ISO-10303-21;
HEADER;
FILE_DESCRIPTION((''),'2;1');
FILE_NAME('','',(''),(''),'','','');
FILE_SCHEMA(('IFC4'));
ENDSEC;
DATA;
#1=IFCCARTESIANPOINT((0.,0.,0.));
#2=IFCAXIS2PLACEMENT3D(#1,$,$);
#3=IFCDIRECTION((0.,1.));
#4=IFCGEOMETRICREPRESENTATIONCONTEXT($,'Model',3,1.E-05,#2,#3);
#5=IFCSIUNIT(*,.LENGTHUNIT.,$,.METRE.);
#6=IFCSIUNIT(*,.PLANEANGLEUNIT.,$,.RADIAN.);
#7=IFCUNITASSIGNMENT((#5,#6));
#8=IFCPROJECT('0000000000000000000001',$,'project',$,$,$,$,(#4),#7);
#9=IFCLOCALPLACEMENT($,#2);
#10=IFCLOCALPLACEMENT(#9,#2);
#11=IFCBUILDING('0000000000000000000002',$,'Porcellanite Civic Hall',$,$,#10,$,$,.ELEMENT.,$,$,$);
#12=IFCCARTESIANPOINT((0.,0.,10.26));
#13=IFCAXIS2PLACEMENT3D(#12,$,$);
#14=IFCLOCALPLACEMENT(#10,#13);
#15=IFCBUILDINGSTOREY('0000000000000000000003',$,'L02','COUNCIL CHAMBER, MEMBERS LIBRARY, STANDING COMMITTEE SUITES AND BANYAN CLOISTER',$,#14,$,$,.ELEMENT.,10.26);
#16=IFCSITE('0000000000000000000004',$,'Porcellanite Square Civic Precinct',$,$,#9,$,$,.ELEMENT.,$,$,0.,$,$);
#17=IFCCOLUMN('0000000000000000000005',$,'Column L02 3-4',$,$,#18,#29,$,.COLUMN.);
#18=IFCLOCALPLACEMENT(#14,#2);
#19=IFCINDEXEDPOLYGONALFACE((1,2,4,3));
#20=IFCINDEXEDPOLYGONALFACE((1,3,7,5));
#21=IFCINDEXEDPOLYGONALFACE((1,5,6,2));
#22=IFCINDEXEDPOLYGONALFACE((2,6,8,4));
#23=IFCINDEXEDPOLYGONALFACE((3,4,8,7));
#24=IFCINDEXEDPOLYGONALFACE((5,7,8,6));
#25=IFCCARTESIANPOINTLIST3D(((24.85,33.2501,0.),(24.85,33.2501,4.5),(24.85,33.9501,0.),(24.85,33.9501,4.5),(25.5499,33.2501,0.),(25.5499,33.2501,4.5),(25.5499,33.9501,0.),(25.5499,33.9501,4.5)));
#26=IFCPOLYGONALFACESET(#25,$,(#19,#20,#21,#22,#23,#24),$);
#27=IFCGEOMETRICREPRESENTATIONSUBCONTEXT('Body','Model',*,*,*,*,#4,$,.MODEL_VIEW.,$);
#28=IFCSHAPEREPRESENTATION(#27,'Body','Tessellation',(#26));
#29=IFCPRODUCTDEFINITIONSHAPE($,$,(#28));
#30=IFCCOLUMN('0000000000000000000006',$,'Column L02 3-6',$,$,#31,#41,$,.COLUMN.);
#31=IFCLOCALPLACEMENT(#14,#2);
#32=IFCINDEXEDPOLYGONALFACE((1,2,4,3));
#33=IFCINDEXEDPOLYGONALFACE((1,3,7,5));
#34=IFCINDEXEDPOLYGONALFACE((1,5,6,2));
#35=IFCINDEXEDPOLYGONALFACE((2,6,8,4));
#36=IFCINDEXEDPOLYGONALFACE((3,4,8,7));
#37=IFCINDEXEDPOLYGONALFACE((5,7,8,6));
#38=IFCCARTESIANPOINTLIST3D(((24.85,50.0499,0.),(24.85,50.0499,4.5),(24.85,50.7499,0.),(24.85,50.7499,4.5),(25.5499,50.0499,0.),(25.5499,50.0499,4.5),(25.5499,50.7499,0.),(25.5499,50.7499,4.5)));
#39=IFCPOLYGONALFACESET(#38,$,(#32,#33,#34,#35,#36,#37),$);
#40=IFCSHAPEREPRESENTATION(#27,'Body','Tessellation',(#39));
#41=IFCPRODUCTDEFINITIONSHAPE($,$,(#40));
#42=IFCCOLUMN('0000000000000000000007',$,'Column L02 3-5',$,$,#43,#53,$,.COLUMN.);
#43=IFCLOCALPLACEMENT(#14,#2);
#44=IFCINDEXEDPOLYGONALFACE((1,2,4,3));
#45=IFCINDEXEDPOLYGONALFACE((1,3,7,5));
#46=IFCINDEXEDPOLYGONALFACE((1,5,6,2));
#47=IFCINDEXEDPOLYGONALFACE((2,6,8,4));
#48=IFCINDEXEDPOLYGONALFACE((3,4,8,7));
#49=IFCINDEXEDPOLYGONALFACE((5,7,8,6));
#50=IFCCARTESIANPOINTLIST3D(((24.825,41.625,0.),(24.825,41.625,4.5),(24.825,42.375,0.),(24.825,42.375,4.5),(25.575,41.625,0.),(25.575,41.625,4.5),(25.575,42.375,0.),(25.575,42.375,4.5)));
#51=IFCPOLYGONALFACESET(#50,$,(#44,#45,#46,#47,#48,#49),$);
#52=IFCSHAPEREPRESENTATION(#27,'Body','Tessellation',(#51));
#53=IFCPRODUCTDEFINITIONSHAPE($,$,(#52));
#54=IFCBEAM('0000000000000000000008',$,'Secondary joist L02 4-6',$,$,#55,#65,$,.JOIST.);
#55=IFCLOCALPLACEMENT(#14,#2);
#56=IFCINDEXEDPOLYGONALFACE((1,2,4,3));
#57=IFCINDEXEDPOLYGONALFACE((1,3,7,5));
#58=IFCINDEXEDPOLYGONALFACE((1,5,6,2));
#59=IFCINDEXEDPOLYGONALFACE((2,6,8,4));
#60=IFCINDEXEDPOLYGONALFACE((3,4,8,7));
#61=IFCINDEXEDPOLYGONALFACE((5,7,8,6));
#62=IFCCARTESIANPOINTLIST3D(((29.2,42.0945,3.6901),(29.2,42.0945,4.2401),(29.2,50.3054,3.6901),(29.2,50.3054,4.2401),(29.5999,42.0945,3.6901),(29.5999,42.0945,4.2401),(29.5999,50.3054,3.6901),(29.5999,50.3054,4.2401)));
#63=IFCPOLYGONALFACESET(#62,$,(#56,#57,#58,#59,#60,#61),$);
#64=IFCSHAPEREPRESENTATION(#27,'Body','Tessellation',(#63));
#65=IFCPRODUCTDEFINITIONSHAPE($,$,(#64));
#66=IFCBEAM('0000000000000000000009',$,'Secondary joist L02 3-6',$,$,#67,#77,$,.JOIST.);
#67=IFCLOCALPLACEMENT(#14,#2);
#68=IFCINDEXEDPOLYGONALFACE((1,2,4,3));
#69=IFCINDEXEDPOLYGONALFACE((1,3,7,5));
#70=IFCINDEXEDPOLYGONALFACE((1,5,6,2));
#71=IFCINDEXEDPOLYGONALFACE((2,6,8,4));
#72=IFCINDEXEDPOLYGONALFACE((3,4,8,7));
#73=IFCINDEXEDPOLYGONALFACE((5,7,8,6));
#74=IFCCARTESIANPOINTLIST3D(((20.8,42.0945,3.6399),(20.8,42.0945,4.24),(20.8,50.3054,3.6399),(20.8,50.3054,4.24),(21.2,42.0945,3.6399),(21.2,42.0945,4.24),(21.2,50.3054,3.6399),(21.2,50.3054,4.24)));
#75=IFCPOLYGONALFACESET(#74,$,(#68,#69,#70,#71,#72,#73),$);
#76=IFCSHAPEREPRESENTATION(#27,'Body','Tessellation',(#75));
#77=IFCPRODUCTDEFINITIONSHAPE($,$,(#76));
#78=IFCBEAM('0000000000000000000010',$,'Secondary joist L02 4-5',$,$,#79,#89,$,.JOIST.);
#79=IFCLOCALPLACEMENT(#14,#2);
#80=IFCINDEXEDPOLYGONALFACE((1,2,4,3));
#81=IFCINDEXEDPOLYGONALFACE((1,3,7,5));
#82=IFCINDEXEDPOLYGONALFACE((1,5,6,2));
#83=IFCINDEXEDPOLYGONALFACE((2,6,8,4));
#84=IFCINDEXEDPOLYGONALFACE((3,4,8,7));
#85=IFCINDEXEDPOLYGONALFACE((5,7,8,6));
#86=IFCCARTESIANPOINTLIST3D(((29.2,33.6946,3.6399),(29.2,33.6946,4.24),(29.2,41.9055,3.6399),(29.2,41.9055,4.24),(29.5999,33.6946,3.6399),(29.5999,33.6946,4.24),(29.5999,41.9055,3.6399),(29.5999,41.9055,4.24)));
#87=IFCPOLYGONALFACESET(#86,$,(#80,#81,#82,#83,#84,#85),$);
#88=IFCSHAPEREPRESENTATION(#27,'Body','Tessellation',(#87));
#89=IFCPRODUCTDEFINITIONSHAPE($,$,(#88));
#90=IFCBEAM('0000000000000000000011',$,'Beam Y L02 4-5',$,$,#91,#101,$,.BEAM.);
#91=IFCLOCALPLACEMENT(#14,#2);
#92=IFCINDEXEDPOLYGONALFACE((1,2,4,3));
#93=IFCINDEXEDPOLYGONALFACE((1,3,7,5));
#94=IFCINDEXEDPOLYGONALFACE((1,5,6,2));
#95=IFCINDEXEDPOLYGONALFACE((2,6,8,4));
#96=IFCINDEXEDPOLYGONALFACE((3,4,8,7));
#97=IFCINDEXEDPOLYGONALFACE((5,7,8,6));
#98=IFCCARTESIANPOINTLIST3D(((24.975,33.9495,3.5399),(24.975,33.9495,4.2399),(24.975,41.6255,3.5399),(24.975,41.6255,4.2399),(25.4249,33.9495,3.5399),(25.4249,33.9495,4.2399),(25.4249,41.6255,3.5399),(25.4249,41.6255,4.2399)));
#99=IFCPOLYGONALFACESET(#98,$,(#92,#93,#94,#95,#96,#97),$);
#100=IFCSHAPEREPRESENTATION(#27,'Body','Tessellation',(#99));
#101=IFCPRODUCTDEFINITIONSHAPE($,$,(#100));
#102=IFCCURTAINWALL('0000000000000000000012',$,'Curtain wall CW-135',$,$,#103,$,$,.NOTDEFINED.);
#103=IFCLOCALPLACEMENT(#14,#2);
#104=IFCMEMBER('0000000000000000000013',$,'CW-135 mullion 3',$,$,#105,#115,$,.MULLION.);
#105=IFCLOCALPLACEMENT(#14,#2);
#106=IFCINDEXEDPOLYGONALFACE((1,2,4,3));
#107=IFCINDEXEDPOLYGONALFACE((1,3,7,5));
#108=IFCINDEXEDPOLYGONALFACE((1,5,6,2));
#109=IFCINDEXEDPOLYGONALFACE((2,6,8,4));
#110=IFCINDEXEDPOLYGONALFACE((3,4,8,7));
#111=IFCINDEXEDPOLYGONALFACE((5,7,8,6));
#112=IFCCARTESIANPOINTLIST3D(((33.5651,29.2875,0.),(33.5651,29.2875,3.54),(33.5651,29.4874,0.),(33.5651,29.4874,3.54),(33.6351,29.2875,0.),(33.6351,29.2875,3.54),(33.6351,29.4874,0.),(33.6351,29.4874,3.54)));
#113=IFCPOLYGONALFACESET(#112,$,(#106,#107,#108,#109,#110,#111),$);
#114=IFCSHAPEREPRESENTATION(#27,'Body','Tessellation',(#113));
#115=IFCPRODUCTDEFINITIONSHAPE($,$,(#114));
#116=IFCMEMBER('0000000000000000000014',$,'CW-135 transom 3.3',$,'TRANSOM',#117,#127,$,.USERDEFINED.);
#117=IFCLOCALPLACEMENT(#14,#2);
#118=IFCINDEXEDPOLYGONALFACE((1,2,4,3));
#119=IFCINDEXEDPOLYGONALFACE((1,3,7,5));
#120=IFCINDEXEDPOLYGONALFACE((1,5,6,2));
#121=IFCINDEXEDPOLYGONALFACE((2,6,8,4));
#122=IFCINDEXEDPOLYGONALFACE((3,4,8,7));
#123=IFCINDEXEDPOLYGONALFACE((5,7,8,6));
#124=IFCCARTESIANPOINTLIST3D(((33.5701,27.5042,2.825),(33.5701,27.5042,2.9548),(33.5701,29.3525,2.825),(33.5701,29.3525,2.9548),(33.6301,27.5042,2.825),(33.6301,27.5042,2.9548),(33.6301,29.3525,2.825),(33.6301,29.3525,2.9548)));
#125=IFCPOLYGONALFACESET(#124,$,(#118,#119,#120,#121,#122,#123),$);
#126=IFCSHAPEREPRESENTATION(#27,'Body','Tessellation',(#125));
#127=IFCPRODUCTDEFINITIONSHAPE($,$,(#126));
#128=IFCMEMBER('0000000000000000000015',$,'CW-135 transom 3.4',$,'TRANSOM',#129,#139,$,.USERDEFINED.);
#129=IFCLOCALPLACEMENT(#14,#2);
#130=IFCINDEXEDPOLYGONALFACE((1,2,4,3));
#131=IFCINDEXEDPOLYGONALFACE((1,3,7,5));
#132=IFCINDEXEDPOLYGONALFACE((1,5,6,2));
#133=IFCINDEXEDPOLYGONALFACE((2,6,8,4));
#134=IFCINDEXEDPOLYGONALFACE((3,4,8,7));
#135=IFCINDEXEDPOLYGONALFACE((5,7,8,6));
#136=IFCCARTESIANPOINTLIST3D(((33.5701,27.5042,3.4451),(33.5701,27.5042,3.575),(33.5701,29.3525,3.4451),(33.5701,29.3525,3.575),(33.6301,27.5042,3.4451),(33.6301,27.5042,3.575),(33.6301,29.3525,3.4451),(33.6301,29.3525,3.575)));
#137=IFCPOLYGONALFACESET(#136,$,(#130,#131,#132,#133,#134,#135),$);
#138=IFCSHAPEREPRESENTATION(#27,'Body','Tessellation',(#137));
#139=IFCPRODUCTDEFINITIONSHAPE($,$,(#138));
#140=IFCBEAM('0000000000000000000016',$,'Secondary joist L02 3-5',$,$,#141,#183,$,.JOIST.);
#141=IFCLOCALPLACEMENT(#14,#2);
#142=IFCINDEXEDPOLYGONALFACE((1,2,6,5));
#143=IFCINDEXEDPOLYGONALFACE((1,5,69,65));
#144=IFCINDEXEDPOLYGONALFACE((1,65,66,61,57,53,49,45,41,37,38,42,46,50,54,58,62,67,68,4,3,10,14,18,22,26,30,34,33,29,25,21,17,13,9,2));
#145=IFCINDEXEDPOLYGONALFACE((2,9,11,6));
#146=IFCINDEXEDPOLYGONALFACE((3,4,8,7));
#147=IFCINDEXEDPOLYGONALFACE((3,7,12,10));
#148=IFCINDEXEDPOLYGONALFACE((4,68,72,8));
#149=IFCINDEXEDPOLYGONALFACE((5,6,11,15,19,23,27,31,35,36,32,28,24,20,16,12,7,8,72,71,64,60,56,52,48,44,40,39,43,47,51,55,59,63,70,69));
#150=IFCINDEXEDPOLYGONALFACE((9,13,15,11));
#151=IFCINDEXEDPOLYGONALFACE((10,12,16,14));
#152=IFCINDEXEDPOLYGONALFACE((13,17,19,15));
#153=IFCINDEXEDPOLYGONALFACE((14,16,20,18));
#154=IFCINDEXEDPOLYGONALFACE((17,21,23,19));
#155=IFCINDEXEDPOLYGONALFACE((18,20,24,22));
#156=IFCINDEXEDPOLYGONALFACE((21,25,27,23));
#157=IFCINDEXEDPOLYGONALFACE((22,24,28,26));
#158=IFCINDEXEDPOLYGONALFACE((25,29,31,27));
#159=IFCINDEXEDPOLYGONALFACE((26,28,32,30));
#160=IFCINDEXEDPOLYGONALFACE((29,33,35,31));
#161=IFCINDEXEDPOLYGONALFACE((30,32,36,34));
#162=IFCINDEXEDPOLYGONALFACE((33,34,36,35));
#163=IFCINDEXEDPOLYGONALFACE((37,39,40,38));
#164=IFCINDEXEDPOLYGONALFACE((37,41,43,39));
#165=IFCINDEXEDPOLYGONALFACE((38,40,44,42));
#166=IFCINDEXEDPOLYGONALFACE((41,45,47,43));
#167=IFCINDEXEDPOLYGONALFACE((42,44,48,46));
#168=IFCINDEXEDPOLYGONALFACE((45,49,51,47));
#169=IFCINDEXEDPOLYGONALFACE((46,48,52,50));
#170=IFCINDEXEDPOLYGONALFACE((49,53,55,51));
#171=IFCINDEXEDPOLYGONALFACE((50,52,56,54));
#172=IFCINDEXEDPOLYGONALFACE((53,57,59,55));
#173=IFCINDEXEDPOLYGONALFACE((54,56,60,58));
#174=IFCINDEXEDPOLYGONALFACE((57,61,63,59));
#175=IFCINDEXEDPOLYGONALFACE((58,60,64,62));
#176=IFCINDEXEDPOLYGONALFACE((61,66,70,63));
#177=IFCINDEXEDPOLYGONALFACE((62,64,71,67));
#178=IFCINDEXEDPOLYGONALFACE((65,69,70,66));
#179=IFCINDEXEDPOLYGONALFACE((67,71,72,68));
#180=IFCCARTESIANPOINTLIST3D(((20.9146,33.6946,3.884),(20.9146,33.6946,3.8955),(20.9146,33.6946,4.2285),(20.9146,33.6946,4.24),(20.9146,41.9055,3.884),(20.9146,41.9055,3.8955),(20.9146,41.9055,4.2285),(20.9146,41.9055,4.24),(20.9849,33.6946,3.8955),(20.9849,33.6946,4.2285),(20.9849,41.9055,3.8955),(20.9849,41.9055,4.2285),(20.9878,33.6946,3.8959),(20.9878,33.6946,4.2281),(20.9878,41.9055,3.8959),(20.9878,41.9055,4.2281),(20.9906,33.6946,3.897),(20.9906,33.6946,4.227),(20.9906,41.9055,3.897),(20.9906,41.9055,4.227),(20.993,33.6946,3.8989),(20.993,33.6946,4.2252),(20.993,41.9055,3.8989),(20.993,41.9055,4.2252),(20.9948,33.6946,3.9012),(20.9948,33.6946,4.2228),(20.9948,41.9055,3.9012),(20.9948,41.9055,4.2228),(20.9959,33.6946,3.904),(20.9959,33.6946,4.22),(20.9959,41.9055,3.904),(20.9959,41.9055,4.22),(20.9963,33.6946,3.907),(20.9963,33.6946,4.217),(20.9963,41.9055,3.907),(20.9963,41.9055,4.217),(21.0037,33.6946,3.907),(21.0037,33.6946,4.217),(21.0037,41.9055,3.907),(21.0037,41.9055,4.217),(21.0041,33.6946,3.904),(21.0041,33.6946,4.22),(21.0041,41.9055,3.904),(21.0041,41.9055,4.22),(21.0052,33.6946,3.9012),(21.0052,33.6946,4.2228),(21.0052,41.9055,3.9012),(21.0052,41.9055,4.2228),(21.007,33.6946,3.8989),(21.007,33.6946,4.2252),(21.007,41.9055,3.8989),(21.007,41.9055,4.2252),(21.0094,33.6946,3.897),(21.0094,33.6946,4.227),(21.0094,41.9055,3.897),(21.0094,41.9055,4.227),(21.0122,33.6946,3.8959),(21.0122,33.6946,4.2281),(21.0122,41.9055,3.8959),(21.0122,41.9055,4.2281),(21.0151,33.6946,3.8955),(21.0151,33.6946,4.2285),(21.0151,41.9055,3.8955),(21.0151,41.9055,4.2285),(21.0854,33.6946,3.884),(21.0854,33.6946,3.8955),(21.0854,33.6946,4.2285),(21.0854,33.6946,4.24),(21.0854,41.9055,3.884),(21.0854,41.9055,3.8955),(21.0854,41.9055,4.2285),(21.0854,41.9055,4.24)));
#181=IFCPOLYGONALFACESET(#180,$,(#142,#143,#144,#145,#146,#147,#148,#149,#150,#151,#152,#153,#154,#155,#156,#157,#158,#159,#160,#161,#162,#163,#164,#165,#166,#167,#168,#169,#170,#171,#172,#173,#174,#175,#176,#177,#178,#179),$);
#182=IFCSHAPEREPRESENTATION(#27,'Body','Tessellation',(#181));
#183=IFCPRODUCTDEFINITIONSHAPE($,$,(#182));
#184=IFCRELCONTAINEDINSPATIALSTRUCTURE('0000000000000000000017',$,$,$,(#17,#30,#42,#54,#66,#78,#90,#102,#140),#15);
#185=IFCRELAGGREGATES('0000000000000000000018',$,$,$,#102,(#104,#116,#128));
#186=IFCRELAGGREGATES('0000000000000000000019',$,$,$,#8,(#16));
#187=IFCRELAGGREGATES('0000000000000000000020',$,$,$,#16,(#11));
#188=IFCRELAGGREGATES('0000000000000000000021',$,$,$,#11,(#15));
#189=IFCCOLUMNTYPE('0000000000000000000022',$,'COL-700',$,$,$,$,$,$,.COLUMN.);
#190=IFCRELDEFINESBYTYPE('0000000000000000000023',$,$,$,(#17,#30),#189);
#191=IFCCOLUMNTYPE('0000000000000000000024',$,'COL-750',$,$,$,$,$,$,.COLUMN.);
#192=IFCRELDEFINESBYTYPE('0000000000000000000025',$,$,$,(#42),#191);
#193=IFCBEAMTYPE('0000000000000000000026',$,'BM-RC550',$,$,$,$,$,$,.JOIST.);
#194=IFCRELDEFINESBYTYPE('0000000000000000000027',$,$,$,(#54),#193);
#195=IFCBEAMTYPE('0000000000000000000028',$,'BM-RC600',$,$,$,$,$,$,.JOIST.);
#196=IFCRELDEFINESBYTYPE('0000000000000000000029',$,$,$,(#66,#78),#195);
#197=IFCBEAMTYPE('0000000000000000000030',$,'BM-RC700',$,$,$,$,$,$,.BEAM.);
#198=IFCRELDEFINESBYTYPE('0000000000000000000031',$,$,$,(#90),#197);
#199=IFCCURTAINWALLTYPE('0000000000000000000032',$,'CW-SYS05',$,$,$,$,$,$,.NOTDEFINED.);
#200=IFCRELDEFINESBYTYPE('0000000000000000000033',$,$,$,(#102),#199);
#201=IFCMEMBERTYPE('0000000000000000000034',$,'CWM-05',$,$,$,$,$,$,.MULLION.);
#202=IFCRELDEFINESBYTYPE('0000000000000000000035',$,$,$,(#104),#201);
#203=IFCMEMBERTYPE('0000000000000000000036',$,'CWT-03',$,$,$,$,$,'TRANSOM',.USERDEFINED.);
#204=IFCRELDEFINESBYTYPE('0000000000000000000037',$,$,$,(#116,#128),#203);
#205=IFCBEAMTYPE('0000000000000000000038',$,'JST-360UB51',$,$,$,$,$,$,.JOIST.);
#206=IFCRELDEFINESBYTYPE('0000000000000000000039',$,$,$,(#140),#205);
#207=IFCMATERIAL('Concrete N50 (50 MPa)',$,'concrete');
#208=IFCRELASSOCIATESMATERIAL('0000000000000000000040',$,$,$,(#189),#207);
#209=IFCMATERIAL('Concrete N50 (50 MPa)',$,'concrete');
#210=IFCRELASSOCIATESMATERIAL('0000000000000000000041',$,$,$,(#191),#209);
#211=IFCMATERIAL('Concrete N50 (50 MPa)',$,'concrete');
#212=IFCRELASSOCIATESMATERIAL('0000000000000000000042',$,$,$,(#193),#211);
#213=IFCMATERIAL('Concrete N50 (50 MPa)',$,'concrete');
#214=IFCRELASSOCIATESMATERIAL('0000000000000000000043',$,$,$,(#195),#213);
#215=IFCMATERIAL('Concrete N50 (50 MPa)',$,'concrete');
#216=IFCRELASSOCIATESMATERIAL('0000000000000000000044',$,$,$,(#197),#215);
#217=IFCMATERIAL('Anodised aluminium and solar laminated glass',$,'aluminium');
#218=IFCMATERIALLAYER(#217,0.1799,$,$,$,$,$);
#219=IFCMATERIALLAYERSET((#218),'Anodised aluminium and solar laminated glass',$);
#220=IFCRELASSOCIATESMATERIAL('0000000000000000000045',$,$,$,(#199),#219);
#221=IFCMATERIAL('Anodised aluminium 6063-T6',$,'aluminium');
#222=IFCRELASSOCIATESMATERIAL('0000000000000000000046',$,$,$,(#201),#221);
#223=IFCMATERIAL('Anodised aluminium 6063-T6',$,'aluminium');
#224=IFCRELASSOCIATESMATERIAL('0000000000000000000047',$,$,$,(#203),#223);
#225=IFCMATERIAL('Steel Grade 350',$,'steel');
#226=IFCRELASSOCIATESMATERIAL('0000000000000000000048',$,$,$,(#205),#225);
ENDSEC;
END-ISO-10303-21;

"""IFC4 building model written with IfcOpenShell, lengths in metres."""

from ifc_helpers import new_model, si_unit, direction, frame, origin, origin_2d, place, context, subcontext, project, spatial, rectangle, i_section, extrude, material, layer, layer_set, material_profile, profile_set, type_object, element, aggregate, save


model = new_model("IFC4")

# Units and contexts
model_context = context("Model", 3, precision=1e-05, world=origin(), true_north=direction((0.0, 1.0)))
body_context = subcontext(model_context, "Body", "Model", "MODEL_VIEW")
ifc_project = project(units=[si_unit("LENGTHUNIT", "METRE"), si_unit("PLANEANGLEUNIT", "RADIAN")], contexts=[model_context])

# Site, building, storey
site_placement = place(None, origin())
site = spatial("IfcSite", under=ifc_project, at=site_placement, Name="Porcellanite Square Civic Precinct", CompositionType="ELEMENT", RefElevation=0.0)
building_placement = place(site_placement, origin())
building = spatial("IfcBuilding", under=site, at=building_placement, Name="Porcellanite Civic Hall", CompositionType="ELEMENT")
storey_placement = place(building_placement, frame((0.0, 0.0, 10.26)))
storey = spatial("IfcBuildingStorey", under=building, at=storey_placement, Name="L02", Description="COUNCIL CHAMBER, MEMBERS LIBRARY, STANDING COMMITTEE SUITES AND BANYAN CLOISTER", CompositionType="ELEMENT", Elevation=10.26)

# Columns
ifc_material_1 = material(Name="Concrete N50 (50 MPa)", Category="concrete")
ifc_material_profile_1 = material_profile(ifc_material_1, rectangle(XDim=0.7, YDim=0.7, at=origin_2d()), Name="RC-700x700")
ifc_profile_set_1 = profile_set([ifc_material_profile_1], Name="Concrete N50 (50 MPa)")
column_type_1 = type_object("IfcColumnType", Name="COL-700", PredefinedType="COLUMN", material=ifc_profile_set_1)
for number, where, z_axis, x_axis, name in (
    (1, (25.2, 33.6001, 0.0), (0.0, 0.0, 1.0), (1.0, 0.0, 0.0), "Column L02 3-4"),
    (2, (25.2, 50.3999, 0.0), (0.0, 0.0, 1.0), (1.0, 0.0, 0.0), "Column L02 3-6"),
):
    element("IfcColumn", number, at=place(storey_placement, frame(where, z_axis=z_axis, x_axis=x_axis)), inside=storey, type_object=column_type_1, Name=name, PredefinedType="COLUMN", context=body_context, shape_type="SweptSolid", body=[
        extrude(rectangle(XDim=0.7, YDim=0.7, at=origin_2d()), origin(), (0.0, 0.0, 1.0), 4.5),
    ])
ifc_material_2 = material(Name="Concrete N50 (50 MPa)", Category="concrete")
ifc_material_profile_2 = material_profile(ifc_material_2, rectangle(XDim=0.75, YDim=0.75, at=origin_2d()), Name="RC-750x750")
ifc_profile_set_2 = profile_set([ifc_material_profile_2], Name="Concrete N50 (50 MPa)")
column_type_2 = type_object("IfcColumnType", Name="COL-750", PredefinedType="COLUMN", material=ifc_profile_set_2)
column_placement = place(storey_placement, frame((25.2, 42.0, 0.0), z_axis=(0.0, 0.0, 1.0), x_axis=(1.0, 0.0, 0.0)))
element("IfcColumn", 3, at=column_placement, inside=storey, type_object=column_type_2, Name="Column L02 3-5", PredefinedType="COLUMN", context=body_context, shape_type="SweptSolid", body=[
    extrude(rectangle(XDim=0.75, YDim=0.75, at=origin_2d()), origin(), (0.0, 0.0, 1.0), 4.5),
])

# Beams
ifc_material_3 = material(Name="Concrete N50 (50 MPa)", Category="concrete")
ifc_material_profile_3 = material_profile(ifc_material_3, rectangle(XDim=0.3999, YDim=0.55, at=origin_2d()), Name="RC-400x550")
ifc_profile_set_3 = profile_set([ifc_material_profile_3], Name="Concrete N50 (50 MPa)")
beam_type_1 = type_object("IfcBeamType", Name="BM-RC550", PredefinedType="JOIST", material=ifc_profile_set_3)
beam_1_placement = place(storey_placement, frame((29.3999, 42.0945, 3.9651), z_axis=(0.0, 1.0, 0.0), x_axis=(-1.0, 0.0, 0.0)))
element("IfcBeam", 4, at=beam_1_placement, inside=storey, type_object=beam_type_1, Name="Secondary joist L02 4-6", PredefinedType="JOIST", context=body_context, shape_type="SweptSolid", body=[
    extrude(rectangle(XDim=0.3999, YDim=0.55, at=origin_2d()), origin(), (0.0, 0.0, 1.0), 8.2109),
])
ifc_material_4 = material(Name="Concrete N50 (50 MPa)", Category="concrete")
ifc_material_profile_4 = material_profile(ifc_material_4, rectangle(XDim=0.3999, YDim=0.6001, at=origin_2d()), Name="RC-400x600")
ifc_profile_set_4 = profile_set([ifc_material_profile_4], Name="Concrete N50 (50 MPa)")
beam_type_2 = type_object("IfcBeamType", Name="BM-RC600", PredefinedType="JOIST", material=ifc_profile_set_4)
for number, where, z_axis, x_axis, name in (
    (5, (21.0, 42.0945, 3.9399), (0.0, 1.0, 0.0), (-1.0, 0.0, 0.0), "Secondary joist L02 3-6"),
    (6, (29.3999, 33.6946, 3.9399), (0.0, 1.0, 0.0), (-1.0, 0.0, 0.0), "Secondary joist L02 4-5"),
):
    element("IfcBeam", number, at=place(storey_placement, frame(where, z_axis=z_axis, x_axis=x_axis)), inside=storey, type_object=beam_type_2, Name=name, PredefinedType="JOIST", context=body_context, shape_type="SweptSolid", body=[
        extrude(rectangle(XDim=0.3999, YDim=0.6001, at=origin_2d()), origin(), (0.0, 0.0, 1.0), 8.2109),
    ])
ifc_material_5 = material(Name="Concrete N50 (50 MPa)", Category="concrete")
ifc_material_profile_5 = material_profile(ifc_material_5, rectangle(XDim=0.45, YDim=0.7, at=origin_2d()), Name="RC-450x700")
ifc_profile_set_5 = profile_set([ifc_material_profile_5], Name="Concrete N50 (50 MPa)")
beam_type_3 = type_object("IfcBeamType", Name="BM-RC700", PredefinedType="BEAM", material=ifc_profile_set_5)
beam_2_placement = place(storey_placement, frame((25.2, 33.9495, 3.8899), z_axis=(0.0, 1.0, 0.0), x_axis=(-1.0, 0.0, 0.0)))
element("IfcBeam", 7, at=beam_2_placement, inside=storey, type_object=beam_type_3, Name="Beam Y L02 4-5", PredefinedType="BEAM", context=body_context, shape_type="SweptSolid", body=[
    extrude(rectangle(XDim=0.45, YDim=0.7, at=origin_2d()), origin(), (0.0, 0.0, 1.0), 7.676),
])

# Curtain wall, members
ifc_material_6 = material(Name="Anodised aluminium and solar laminated glass", Category="aluminium")
ifc_layer_1 = layer(ifc_material_6, 0.1799)
ifc_layer_set_1 = layer_set([ifc_layer_1], Name="Anodised aluminium and solar laminated glass")
curtain_wall_type = type_object("IfcCurtainWallType", Name="CW-SYS05", PredefinedType="NOTDEFINED", material=ifc_layer_set_1)
curtain_wall_placement = place(storey_placement, origin())
curtain_wall = element("IfcCurtainWall", 8, at=curtain_wall_placement, inside=storey, type_object=curtain_wall_type, Name="Curtain wall CW-135", PredefinedType="NOTDEFINED")
ifc_material_7 = material(Name="Anodised aluminium 6063-T6", Category="aluminium")
ifc_material_profile_6 = material_profile(ifc_material_7, rectangle(XDim=0.0701, YDim=0.2, at=origin_2d()), Name="AL-70x200")
ifc_profile_set_6 = profile_set([ifc_material_profile_6], Name="Anodised aluminium 6063-T6")
member_type_1 = type_object("IfcMemberType", Name="CWM-05", PredefinedType="MULLION", material=ifc_profile_set_6)
member_1_placement = place(storey_placement, frame((33.6001, 29.3875, 0.0), z_axis=(0.0, 0.0, 1.0), x_axis=(1.0, 0.0, 0.0)))
member_1 = element("IfcMember", 9, at=member_1_placement, type_object=member_type_1, Name="CW-135 mullion 3", PredefinedType="MULLION", context=body_context, shape_type="SweptSolid", body=[
    extrude(rectangle(XDim=0.0701, YDim=0.2, at=origin_2d()), origin(), (0.0, 0.0, 1.0), 3.54),
])
ifc_material_8 = material(Name="Anodised aluminium 6063-T6", Category="aluminium")
ifc_material_profile_7 = material_profile(ifc_material_8, rectangle(XDim=0.0601, YDim=0.1299, at=origin_2d()), Name="AL-60x130")
ifc_profile_set_7 = profile_set([ifc_material_profile_7], Name="Anodised aluminium 6063-T6")
member_type_2 = type_object("IfcMemberType", Name="CWT-03", ElementType="TRANSOM", PredefinedType="USERDEFINED", material=ifc_profile_set_7)
member_2_placement = place(storey_placement, frame((33.6001, 29.3525, 2.8899), z_axis=(0.0, -1.0, 0.0), x_axis=(1.0, 0.0, 0.0)))
member_2 = element("IfcMember", 10, at=member_2_placement, type_object=member_type_2, Name="CW-135 transom 3.3", ObjectType="TRANSOM", PredefinedType="USERDEFINED", context=body_context, shape_type="SweptSolid", body=[
    extrude(rectangle(XDim=0.0601, YDim=0.1299, at=origin_2d()), origin(), (0.0, 0.0, 1.0), 1.8484),
])
member_3_placement = place(storey_placement, frame((33.6001, 29.3525, 3.51), z_axis=(0.0, -1.0, 0.0), x_axis=(1.0, 0.0, 0.0)))
member_3 = element("IfcMember", 11, at=member_3_placement, type_object=member_type_2, Name="CW-135 transom 3.4", ObjectType="TRANSOM", PredefinedType="USERDEFINED", context=body_context, shape_type="SweptSolid", body=[
    extrude(rectangle(XDim=0.0601, YDim=0.1299, at=origin_2d()), origin(), (0.0, 0.0, 1.0), 1.8484),
])
aggregate(curtain_wall, [member_1, member_2, member_3])

# Beam
ifc_material_9 = material(Name="Steel Grade 350", Category="steel")
ifc_material_profile_8 = material_profile(ifc_material_9, i_section(OverallWidth=0.1709, OverallDepth=0.356, WebThickness=0.0073, FlangeThickness=0.0115, FilletRadius=0.0115, at=origin_2d()), Name="360UB50.7")
ifc_profile_set_8 = profile_set([ifc_material_profile_8], Name="Steel Grade 350")
beam_type_4 = type_object("IfcBeamType", Name="JST-360UB51", PredefinedType="JOIST", material=ifc_profile_set_8)
beam_3_placement = place(storey_placement, frame((21.0, 33.6946, 4.062), z_axis=(0.0, 1.0, 0.0), x_axis=(-1.0, 0.0, 0.0)))
element("IfcBeam", 12, at=beam_3_placement, inside=storey, type_object=beam_type_4, Name="Secondary joist L02 3-5", PredefinedType="JOIST", context=body_context, shape_type="SweptSolid", body=[
    extrude(i_section(OverallWidth=0.1709, OverallDepth=0.356, WebThickness=0.0073, FlangeThickness=0.0115, FilletRadius=0.0115, at=origin_2d()), origin(), (0.0, 0.0, 1.0), 8.2109),
])

save(model, "model.ifc")
